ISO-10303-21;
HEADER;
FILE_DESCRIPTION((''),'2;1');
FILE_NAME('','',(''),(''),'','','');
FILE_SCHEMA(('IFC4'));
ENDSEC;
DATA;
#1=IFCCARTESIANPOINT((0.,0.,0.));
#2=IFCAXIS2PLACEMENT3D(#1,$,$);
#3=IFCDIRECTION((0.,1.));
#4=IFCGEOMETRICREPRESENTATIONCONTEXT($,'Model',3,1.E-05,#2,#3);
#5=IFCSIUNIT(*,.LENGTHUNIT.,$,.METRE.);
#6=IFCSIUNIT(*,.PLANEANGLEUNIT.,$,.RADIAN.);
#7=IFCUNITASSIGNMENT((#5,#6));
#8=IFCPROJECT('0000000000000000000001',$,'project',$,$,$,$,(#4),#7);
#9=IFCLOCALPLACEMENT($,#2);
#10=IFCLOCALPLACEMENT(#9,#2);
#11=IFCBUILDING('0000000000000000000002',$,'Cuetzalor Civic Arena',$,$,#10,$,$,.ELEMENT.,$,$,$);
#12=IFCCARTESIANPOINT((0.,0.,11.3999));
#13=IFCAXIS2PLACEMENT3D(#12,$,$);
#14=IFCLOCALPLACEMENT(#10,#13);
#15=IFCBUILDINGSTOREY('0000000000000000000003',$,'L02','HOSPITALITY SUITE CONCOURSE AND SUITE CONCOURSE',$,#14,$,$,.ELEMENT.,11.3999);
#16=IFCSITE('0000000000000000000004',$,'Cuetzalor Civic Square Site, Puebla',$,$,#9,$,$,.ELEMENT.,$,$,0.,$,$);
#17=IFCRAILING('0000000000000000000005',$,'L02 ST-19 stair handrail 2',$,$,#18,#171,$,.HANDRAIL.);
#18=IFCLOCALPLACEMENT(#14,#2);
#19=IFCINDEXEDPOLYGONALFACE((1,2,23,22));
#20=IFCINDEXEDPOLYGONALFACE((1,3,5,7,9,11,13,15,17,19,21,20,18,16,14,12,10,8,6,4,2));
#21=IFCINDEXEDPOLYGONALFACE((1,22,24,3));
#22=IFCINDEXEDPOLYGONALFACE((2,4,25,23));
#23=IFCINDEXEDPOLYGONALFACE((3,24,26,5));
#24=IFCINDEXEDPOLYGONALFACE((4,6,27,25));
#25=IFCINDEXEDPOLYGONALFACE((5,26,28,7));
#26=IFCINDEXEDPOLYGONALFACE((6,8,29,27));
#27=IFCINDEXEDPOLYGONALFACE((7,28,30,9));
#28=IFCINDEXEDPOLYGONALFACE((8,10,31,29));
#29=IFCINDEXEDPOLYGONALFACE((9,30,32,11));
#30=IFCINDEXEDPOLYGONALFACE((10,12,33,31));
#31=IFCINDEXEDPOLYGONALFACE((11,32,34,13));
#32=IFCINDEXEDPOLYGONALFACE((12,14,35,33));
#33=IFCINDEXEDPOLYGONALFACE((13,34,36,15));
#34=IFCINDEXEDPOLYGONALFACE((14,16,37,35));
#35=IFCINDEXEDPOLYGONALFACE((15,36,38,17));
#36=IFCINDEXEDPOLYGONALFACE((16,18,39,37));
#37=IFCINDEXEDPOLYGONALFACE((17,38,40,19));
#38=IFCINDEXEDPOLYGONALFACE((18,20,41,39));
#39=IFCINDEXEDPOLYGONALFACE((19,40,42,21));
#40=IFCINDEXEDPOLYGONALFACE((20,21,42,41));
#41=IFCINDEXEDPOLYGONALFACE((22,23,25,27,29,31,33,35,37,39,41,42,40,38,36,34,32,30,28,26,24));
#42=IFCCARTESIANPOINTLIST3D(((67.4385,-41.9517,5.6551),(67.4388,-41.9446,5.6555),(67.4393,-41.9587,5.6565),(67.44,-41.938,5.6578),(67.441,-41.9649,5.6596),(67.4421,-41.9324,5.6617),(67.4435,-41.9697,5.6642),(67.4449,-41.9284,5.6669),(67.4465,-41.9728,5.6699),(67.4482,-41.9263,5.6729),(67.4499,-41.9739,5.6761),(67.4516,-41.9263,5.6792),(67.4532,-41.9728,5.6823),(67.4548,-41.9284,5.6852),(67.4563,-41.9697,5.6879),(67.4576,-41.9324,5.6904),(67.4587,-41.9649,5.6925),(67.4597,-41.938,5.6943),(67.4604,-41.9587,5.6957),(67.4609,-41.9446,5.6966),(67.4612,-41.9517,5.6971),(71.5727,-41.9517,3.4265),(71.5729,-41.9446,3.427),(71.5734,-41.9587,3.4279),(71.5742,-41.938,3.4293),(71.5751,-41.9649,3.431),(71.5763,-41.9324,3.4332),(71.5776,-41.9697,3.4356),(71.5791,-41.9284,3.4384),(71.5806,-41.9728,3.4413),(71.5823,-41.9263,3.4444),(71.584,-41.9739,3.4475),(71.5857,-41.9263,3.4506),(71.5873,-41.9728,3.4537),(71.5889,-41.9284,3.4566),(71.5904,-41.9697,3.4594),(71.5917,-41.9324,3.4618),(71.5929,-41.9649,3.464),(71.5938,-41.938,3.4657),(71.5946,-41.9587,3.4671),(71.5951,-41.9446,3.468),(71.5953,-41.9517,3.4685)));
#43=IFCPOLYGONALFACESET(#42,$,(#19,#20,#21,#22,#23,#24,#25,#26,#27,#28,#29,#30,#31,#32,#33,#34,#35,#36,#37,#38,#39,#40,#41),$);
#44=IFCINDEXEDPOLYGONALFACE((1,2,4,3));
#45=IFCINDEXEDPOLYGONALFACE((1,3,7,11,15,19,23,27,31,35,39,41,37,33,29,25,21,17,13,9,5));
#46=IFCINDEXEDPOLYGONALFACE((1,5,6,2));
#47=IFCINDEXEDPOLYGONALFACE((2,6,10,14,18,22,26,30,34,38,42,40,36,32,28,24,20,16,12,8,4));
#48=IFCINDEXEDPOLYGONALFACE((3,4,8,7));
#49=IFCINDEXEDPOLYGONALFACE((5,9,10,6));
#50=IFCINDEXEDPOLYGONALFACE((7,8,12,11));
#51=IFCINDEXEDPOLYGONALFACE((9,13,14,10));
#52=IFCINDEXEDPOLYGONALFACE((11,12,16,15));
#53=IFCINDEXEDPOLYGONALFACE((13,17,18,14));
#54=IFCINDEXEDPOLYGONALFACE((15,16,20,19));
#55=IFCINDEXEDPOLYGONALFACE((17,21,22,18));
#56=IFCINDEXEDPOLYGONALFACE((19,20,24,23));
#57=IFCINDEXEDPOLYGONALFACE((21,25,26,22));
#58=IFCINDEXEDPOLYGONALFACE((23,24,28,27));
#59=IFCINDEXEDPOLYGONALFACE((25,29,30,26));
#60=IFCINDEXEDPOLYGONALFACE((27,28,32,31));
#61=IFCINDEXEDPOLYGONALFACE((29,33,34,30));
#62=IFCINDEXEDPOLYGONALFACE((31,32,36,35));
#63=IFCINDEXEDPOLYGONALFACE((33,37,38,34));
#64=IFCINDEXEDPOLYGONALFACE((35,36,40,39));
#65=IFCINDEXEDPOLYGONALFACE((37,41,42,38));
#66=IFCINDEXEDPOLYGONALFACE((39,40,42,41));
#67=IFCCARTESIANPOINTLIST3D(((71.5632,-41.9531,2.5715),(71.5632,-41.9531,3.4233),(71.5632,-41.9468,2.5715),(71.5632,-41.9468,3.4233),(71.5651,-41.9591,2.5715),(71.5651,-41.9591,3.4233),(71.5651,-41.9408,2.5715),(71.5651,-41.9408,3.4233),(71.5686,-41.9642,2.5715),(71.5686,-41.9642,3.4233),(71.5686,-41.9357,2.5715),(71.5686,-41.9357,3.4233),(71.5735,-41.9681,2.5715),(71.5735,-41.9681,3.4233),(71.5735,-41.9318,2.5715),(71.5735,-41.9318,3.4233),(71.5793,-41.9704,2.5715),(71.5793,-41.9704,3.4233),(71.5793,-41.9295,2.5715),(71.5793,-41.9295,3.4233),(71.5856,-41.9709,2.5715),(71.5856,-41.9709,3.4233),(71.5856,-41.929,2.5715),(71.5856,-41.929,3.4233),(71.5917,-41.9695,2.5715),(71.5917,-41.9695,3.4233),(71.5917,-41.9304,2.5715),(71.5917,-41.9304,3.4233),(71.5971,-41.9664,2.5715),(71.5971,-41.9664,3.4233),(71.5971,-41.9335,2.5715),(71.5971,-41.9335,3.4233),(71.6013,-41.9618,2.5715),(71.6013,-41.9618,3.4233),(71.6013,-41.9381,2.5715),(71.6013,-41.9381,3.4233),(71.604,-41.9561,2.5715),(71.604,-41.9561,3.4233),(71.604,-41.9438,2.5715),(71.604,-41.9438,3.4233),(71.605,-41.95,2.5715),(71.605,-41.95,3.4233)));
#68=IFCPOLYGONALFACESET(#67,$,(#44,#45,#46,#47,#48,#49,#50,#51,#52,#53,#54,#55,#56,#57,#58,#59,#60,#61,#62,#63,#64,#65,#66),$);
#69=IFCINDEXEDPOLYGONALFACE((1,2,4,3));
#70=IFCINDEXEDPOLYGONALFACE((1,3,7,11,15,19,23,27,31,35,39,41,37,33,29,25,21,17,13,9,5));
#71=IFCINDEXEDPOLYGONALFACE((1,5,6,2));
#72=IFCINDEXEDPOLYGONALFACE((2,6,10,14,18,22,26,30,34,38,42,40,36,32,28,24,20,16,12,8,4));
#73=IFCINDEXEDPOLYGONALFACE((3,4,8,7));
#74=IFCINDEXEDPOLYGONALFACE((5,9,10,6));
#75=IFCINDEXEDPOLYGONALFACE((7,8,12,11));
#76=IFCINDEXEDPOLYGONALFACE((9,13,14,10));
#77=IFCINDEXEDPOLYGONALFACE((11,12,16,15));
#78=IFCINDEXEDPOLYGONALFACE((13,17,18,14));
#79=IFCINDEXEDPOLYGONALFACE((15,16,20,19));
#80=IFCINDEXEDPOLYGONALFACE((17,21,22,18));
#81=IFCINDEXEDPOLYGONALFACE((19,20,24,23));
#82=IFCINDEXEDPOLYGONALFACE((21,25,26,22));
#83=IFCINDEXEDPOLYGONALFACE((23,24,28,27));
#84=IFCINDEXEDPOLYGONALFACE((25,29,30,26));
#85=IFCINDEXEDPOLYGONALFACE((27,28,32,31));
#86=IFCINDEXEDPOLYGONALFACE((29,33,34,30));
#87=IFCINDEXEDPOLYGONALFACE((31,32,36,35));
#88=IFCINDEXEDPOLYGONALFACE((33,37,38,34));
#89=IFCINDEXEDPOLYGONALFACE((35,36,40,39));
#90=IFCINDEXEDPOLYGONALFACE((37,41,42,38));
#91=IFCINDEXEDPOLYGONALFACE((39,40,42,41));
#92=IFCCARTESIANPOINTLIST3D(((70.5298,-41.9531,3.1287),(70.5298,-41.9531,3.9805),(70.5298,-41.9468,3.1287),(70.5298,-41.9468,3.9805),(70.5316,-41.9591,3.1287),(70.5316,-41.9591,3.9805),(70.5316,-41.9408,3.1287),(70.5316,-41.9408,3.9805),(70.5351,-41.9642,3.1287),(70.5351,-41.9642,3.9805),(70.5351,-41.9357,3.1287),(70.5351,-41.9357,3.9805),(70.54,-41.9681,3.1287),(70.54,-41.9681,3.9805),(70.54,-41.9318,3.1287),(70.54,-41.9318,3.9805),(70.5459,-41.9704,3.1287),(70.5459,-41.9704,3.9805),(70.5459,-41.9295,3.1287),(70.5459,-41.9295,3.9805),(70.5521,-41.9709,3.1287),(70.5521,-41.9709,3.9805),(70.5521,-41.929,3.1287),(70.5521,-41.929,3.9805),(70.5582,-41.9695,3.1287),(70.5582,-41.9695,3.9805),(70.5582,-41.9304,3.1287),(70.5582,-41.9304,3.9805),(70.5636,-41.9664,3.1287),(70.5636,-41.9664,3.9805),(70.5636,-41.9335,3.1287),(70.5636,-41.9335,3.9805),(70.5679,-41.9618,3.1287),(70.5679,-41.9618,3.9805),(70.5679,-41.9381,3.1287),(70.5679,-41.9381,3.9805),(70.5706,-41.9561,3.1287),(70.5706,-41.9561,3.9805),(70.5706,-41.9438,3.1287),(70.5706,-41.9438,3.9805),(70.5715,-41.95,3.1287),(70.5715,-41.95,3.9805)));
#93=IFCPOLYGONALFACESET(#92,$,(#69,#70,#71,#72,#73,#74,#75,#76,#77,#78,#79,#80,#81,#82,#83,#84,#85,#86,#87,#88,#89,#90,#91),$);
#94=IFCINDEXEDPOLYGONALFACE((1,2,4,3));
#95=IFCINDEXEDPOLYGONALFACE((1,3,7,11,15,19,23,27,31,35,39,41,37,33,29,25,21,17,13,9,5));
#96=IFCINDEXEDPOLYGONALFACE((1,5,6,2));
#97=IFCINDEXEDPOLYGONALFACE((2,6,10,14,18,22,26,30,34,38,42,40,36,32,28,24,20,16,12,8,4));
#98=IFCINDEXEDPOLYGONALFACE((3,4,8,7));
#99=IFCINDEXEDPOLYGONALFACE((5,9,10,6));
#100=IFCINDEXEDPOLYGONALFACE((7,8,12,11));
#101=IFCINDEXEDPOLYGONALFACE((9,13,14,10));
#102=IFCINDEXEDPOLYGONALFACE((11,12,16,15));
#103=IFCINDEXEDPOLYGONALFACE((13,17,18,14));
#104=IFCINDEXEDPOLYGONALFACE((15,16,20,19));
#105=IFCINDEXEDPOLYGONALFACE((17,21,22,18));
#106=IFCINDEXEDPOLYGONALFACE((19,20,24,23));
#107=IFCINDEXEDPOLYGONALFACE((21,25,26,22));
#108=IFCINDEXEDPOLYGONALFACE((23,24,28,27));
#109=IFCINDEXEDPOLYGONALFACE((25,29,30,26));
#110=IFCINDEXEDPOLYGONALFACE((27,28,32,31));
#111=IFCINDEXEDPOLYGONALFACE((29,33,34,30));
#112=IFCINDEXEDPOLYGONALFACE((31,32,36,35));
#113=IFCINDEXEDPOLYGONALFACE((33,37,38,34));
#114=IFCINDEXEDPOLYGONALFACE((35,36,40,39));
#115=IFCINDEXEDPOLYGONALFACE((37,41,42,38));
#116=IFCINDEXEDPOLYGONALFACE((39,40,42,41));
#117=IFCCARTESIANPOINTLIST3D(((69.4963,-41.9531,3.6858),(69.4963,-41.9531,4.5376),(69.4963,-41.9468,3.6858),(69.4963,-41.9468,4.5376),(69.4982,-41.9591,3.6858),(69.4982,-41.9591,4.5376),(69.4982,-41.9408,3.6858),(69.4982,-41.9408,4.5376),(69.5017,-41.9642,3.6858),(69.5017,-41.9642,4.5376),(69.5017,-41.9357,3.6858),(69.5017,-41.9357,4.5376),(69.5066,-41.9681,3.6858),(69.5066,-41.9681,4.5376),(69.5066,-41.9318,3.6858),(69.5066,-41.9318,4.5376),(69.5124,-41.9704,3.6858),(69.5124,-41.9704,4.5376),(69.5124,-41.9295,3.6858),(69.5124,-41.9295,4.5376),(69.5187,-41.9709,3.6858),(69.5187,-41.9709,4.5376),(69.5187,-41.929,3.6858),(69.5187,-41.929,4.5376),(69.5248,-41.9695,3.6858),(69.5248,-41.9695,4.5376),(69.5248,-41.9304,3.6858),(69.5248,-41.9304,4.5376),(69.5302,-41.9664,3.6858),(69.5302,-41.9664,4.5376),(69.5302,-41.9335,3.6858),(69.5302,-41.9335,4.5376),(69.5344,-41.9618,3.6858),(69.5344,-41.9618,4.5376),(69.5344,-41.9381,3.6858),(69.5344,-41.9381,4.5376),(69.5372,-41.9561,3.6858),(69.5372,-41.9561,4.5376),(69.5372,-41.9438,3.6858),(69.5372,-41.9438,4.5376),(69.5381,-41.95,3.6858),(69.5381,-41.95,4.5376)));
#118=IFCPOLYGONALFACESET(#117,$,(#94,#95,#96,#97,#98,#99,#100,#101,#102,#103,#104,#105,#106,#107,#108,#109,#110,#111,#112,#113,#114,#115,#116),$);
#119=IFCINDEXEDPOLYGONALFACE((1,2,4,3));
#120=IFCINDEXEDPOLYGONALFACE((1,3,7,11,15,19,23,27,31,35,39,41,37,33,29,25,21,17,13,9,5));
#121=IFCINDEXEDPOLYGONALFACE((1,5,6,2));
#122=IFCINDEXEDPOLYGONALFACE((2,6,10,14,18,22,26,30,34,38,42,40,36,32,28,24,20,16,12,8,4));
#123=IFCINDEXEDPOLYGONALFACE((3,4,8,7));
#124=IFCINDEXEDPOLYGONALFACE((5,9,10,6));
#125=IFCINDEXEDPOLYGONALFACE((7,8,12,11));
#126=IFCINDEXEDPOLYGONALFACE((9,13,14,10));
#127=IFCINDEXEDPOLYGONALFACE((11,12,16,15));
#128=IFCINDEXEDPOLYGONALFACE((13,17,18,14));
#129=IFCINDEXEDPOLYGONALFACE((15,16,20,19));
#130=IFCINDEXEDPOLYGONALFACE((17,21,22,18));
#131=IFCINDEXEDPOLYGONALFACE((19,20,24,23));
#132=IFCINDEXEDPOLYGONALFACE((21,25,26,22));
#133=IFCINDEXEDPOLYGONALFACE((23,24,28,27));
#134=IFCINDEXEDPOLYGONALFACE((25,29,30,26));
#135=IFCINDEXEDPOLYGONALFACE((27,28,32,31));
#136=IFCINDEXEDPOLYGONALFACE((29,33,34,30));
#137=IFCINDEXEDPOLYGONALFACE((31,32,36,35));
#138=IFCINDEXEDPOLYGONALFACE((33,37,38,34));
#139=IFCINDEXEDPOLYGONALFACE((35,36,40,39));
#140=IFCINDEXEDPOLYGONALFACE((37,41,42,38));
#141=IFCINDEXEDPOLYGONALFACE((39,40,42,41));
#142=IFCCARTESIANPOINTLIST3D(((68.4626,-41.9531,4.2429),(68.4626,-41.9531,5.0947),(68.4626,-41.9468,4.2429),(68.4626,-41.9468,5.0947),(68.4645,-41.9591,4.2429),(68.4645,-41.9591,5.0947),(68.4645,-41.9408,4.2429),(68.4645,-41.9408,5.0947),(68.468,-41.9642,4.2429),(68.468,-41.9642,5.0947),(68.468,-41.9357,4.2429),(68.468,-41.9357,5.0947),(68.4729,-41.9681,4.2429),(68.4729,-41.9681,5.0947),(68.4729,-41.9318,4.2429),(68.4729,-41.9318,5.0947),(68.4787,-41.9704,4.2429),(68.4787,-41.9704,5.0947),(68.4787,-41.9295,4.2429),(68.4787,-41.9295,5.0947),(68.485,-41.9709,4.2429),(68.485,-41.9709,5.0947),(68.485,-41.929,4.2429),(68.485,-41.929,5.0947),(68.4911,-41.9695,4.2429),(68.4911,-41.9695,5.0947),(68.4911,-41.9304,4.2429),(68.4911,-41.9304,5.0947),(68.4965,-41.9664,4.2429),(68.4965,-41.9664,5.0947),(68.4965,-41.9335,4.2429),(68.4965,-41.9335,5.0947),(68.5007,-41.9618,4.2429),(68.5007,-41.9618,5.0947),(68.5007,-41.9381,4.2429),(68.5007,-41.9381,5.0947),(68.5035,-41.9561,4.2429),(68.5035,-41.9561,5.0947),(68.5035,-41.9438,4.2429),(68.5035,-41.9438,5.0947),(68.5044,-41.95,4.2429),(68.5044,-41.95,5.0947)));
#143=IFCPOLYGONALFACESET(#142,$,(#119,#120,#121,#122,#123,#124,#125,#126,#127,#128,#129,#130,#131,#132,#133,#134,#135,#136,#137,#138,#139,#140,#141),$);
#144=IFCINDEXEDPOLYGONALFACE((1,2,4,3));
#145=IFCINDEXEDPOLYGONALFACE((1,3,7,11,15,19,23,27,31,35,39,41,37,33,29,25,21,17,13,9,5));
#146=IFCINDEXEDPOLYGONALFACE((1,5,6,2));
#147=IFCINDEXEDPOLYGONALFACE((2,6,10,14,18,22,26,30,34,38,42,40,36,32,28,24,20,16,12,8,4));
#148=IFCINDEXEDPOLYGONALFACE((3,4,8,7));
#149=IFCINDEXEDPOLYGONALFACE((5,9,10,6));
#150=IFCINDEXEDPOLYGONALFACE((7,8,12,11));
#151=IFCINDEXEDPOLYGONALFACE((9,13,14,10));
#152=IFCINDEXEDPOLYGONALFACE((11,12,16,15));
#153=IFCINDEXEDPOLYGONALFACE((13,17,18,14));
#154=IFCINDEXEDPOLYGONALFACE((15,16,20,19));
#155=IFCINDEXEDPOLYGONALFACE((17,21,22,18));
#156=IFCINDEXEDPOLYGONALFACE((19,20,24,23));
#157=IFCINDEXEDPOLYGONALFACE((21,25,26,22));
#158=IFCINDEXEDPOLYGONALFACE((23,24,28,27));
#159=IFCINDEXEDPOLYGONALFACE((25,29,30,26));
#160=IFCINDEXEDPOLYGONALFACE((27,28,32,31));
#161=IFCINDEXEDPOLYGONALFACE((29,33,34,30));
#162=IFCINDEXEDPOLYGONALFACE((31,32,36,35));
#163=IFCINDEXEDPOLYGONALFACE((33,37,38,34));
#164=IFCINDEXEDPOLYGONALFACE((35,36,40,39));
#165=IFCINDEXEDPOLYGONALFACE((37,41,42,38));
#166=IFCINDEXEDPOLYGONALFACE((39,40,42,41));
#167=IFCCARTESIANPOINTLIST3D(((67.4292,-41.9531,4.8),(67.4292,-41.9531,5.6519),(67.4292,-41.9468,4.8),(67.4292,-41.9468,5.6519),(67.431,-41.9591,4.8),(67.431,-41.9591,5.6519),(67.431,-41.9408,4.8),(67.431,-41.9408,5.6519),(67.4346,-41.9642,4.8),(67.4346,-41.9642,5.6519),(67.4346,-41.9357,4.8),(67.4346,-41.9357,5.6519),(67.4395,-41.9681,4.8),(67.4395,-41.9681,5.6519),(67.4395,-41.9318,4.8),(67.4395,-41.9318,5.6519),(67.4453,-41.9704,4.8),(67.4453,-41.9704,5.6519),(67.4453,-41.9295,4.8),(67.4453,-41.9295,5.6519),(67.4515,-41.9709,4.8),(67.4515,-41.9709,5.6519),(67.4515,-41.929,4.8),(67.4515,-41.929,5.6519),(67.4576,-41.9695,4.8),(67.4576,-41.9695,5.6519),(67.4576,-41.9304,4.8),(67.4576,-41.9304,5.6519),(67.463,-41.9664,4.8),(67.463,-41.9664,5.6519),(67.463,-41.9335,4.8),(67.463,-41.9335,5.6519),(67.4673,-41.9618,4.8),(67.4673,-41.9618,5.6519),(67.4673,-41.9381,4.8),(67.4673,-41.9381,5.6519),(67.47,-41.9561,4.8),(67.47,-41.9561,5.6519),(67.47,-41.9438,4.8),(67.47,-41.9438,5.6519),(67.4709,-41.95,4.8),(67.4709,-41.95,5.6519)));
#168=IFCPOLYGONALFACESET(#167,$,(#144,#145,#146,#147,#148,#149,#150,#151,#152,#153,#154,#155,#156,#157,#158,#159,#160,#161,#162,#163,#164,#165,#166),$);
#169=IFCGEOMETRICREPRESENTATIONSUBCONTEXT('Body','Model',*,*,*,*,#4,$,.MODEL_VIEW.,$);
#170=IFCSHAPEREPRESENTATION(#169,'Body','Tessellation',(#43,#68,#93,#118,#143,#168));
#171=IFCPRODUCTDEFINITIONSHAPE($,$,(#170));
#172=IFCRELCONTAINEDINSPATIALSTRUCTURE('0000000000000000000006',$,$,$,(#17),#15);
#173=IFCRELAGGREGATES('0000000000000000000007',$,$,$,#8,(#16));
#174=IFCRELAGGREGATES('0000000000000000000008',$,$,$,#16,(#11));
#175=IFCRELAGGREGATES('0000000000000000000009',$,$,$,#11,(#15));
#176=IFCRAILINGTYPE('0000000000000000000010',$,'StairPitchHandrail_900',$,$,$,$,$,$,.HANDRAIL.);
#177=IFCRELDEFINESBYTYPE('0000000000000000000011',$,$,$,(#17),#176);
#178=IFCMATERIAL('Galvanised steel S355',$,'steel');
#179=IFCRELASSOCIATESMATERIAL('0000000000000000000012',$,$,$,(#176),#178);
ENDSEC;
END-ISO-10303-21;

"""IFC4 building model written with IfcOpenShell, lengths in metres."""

from ifc_helpers import new_model, si_unit, direction, frame, origin, origin_2d, place, context, subcontext, project, spatial, circle, extrude, material, type_object, element, save


model = new_model("IFC4")

# Units and contexts
model_context = context("Model", 3, precision=1e-05, world=origin(), true_north=direction((0.0, 1.0)))
body_context = subcontext(model_context, "Body", "Model", "MODEL_VIEW")
ifc_project = project(units=[si_unit("LENGTHUNIT", "METRE"), si_unit("PLANEANGLEUNIT", "RADIAN")], contexts=[model_context])

# Site, building, storey
site_placement = place(None, origin())
site = spatial("IfcSite", under=ifc_project, at=site_placement, Name="Cuetzalor Civic Square Site, Puebla", CompositionType="ELEMENT", RefElevation=0.0)
building_placement = place(site_placement, origin())
building = spatial("IfcBuilding", under=site, at=building_placement, Name="Cuetzalor Civic Arena", CompositionType="ELEMENT")
storey_placement = place(building_placement, frame((0.0, 0.0, 11.3999)))
storey = spatial("IfcBuildingStorey", under=building, at=storey_placement, Name="L02", Description="HOSPITALITY SUITE CONCOURSE AND SUITE CONCOURSE", CompositionType="ELEMENT", Elevation=11.3999)

# Railing
ifc_material_1 = material(Name="Galvanised steel S355", Category="steel")
railing_type_1 = type_object("IfcRailingType", Name="StairPitchHandrail_900", PredefinedType="HANDRAIL", material=ifc_material_1)
railing_1_placement = place(storey_placement, frame((71.584, -41.95, 2.5715)))
element("IfcRailing", 1, at=railing_1_placement, inside=storey, type_object=railing_type_1, Name="L02 ST-19 stair handrail 2", PredefinedType="HANDRAIL", context=body_context, shape_type="SweptSolid", body=[
    extrude(circle(Radius=0.0239, at=origin_2d()), frame((0.0, 0.0, 0.876), z_axis=(-0.880249, 0.0, 0.474512), x_axis=(0.0, -1.0, 0.0)), (0.0, 0.0, 1.0), 4.6965),
    extrude(circle(Radius=0.021, at=origin_2d()), origin(), (0.0, 0.0, 1.0), 0.8518),
    extrude(circle(Radius=0.021, at=origin_2d()), frame((-1.0334, 0.0, 0.5571)), (0.0, 0.0, 1.0), 0.8518),
    extrude(circle(Radius=0.021, at=origin_2d()), frame((-2.0669, 0.0, 1.1143)), (0.0, 0.0, 1.0), 0.8518),
    extrude(circle(Radius=0.021, at=origin_2d()), frame((-3.1006, 0.0, 1.6714)), (0.0, 0.0, 1.0), 0.8518),
    extrude(circle(Radius=0.021, at=origin_2d()), frame((-4.134, 0.0, 2.2285)), (0.0, 0.0, 1.0), 0.8518),
])

save(model, "model.ifc")
